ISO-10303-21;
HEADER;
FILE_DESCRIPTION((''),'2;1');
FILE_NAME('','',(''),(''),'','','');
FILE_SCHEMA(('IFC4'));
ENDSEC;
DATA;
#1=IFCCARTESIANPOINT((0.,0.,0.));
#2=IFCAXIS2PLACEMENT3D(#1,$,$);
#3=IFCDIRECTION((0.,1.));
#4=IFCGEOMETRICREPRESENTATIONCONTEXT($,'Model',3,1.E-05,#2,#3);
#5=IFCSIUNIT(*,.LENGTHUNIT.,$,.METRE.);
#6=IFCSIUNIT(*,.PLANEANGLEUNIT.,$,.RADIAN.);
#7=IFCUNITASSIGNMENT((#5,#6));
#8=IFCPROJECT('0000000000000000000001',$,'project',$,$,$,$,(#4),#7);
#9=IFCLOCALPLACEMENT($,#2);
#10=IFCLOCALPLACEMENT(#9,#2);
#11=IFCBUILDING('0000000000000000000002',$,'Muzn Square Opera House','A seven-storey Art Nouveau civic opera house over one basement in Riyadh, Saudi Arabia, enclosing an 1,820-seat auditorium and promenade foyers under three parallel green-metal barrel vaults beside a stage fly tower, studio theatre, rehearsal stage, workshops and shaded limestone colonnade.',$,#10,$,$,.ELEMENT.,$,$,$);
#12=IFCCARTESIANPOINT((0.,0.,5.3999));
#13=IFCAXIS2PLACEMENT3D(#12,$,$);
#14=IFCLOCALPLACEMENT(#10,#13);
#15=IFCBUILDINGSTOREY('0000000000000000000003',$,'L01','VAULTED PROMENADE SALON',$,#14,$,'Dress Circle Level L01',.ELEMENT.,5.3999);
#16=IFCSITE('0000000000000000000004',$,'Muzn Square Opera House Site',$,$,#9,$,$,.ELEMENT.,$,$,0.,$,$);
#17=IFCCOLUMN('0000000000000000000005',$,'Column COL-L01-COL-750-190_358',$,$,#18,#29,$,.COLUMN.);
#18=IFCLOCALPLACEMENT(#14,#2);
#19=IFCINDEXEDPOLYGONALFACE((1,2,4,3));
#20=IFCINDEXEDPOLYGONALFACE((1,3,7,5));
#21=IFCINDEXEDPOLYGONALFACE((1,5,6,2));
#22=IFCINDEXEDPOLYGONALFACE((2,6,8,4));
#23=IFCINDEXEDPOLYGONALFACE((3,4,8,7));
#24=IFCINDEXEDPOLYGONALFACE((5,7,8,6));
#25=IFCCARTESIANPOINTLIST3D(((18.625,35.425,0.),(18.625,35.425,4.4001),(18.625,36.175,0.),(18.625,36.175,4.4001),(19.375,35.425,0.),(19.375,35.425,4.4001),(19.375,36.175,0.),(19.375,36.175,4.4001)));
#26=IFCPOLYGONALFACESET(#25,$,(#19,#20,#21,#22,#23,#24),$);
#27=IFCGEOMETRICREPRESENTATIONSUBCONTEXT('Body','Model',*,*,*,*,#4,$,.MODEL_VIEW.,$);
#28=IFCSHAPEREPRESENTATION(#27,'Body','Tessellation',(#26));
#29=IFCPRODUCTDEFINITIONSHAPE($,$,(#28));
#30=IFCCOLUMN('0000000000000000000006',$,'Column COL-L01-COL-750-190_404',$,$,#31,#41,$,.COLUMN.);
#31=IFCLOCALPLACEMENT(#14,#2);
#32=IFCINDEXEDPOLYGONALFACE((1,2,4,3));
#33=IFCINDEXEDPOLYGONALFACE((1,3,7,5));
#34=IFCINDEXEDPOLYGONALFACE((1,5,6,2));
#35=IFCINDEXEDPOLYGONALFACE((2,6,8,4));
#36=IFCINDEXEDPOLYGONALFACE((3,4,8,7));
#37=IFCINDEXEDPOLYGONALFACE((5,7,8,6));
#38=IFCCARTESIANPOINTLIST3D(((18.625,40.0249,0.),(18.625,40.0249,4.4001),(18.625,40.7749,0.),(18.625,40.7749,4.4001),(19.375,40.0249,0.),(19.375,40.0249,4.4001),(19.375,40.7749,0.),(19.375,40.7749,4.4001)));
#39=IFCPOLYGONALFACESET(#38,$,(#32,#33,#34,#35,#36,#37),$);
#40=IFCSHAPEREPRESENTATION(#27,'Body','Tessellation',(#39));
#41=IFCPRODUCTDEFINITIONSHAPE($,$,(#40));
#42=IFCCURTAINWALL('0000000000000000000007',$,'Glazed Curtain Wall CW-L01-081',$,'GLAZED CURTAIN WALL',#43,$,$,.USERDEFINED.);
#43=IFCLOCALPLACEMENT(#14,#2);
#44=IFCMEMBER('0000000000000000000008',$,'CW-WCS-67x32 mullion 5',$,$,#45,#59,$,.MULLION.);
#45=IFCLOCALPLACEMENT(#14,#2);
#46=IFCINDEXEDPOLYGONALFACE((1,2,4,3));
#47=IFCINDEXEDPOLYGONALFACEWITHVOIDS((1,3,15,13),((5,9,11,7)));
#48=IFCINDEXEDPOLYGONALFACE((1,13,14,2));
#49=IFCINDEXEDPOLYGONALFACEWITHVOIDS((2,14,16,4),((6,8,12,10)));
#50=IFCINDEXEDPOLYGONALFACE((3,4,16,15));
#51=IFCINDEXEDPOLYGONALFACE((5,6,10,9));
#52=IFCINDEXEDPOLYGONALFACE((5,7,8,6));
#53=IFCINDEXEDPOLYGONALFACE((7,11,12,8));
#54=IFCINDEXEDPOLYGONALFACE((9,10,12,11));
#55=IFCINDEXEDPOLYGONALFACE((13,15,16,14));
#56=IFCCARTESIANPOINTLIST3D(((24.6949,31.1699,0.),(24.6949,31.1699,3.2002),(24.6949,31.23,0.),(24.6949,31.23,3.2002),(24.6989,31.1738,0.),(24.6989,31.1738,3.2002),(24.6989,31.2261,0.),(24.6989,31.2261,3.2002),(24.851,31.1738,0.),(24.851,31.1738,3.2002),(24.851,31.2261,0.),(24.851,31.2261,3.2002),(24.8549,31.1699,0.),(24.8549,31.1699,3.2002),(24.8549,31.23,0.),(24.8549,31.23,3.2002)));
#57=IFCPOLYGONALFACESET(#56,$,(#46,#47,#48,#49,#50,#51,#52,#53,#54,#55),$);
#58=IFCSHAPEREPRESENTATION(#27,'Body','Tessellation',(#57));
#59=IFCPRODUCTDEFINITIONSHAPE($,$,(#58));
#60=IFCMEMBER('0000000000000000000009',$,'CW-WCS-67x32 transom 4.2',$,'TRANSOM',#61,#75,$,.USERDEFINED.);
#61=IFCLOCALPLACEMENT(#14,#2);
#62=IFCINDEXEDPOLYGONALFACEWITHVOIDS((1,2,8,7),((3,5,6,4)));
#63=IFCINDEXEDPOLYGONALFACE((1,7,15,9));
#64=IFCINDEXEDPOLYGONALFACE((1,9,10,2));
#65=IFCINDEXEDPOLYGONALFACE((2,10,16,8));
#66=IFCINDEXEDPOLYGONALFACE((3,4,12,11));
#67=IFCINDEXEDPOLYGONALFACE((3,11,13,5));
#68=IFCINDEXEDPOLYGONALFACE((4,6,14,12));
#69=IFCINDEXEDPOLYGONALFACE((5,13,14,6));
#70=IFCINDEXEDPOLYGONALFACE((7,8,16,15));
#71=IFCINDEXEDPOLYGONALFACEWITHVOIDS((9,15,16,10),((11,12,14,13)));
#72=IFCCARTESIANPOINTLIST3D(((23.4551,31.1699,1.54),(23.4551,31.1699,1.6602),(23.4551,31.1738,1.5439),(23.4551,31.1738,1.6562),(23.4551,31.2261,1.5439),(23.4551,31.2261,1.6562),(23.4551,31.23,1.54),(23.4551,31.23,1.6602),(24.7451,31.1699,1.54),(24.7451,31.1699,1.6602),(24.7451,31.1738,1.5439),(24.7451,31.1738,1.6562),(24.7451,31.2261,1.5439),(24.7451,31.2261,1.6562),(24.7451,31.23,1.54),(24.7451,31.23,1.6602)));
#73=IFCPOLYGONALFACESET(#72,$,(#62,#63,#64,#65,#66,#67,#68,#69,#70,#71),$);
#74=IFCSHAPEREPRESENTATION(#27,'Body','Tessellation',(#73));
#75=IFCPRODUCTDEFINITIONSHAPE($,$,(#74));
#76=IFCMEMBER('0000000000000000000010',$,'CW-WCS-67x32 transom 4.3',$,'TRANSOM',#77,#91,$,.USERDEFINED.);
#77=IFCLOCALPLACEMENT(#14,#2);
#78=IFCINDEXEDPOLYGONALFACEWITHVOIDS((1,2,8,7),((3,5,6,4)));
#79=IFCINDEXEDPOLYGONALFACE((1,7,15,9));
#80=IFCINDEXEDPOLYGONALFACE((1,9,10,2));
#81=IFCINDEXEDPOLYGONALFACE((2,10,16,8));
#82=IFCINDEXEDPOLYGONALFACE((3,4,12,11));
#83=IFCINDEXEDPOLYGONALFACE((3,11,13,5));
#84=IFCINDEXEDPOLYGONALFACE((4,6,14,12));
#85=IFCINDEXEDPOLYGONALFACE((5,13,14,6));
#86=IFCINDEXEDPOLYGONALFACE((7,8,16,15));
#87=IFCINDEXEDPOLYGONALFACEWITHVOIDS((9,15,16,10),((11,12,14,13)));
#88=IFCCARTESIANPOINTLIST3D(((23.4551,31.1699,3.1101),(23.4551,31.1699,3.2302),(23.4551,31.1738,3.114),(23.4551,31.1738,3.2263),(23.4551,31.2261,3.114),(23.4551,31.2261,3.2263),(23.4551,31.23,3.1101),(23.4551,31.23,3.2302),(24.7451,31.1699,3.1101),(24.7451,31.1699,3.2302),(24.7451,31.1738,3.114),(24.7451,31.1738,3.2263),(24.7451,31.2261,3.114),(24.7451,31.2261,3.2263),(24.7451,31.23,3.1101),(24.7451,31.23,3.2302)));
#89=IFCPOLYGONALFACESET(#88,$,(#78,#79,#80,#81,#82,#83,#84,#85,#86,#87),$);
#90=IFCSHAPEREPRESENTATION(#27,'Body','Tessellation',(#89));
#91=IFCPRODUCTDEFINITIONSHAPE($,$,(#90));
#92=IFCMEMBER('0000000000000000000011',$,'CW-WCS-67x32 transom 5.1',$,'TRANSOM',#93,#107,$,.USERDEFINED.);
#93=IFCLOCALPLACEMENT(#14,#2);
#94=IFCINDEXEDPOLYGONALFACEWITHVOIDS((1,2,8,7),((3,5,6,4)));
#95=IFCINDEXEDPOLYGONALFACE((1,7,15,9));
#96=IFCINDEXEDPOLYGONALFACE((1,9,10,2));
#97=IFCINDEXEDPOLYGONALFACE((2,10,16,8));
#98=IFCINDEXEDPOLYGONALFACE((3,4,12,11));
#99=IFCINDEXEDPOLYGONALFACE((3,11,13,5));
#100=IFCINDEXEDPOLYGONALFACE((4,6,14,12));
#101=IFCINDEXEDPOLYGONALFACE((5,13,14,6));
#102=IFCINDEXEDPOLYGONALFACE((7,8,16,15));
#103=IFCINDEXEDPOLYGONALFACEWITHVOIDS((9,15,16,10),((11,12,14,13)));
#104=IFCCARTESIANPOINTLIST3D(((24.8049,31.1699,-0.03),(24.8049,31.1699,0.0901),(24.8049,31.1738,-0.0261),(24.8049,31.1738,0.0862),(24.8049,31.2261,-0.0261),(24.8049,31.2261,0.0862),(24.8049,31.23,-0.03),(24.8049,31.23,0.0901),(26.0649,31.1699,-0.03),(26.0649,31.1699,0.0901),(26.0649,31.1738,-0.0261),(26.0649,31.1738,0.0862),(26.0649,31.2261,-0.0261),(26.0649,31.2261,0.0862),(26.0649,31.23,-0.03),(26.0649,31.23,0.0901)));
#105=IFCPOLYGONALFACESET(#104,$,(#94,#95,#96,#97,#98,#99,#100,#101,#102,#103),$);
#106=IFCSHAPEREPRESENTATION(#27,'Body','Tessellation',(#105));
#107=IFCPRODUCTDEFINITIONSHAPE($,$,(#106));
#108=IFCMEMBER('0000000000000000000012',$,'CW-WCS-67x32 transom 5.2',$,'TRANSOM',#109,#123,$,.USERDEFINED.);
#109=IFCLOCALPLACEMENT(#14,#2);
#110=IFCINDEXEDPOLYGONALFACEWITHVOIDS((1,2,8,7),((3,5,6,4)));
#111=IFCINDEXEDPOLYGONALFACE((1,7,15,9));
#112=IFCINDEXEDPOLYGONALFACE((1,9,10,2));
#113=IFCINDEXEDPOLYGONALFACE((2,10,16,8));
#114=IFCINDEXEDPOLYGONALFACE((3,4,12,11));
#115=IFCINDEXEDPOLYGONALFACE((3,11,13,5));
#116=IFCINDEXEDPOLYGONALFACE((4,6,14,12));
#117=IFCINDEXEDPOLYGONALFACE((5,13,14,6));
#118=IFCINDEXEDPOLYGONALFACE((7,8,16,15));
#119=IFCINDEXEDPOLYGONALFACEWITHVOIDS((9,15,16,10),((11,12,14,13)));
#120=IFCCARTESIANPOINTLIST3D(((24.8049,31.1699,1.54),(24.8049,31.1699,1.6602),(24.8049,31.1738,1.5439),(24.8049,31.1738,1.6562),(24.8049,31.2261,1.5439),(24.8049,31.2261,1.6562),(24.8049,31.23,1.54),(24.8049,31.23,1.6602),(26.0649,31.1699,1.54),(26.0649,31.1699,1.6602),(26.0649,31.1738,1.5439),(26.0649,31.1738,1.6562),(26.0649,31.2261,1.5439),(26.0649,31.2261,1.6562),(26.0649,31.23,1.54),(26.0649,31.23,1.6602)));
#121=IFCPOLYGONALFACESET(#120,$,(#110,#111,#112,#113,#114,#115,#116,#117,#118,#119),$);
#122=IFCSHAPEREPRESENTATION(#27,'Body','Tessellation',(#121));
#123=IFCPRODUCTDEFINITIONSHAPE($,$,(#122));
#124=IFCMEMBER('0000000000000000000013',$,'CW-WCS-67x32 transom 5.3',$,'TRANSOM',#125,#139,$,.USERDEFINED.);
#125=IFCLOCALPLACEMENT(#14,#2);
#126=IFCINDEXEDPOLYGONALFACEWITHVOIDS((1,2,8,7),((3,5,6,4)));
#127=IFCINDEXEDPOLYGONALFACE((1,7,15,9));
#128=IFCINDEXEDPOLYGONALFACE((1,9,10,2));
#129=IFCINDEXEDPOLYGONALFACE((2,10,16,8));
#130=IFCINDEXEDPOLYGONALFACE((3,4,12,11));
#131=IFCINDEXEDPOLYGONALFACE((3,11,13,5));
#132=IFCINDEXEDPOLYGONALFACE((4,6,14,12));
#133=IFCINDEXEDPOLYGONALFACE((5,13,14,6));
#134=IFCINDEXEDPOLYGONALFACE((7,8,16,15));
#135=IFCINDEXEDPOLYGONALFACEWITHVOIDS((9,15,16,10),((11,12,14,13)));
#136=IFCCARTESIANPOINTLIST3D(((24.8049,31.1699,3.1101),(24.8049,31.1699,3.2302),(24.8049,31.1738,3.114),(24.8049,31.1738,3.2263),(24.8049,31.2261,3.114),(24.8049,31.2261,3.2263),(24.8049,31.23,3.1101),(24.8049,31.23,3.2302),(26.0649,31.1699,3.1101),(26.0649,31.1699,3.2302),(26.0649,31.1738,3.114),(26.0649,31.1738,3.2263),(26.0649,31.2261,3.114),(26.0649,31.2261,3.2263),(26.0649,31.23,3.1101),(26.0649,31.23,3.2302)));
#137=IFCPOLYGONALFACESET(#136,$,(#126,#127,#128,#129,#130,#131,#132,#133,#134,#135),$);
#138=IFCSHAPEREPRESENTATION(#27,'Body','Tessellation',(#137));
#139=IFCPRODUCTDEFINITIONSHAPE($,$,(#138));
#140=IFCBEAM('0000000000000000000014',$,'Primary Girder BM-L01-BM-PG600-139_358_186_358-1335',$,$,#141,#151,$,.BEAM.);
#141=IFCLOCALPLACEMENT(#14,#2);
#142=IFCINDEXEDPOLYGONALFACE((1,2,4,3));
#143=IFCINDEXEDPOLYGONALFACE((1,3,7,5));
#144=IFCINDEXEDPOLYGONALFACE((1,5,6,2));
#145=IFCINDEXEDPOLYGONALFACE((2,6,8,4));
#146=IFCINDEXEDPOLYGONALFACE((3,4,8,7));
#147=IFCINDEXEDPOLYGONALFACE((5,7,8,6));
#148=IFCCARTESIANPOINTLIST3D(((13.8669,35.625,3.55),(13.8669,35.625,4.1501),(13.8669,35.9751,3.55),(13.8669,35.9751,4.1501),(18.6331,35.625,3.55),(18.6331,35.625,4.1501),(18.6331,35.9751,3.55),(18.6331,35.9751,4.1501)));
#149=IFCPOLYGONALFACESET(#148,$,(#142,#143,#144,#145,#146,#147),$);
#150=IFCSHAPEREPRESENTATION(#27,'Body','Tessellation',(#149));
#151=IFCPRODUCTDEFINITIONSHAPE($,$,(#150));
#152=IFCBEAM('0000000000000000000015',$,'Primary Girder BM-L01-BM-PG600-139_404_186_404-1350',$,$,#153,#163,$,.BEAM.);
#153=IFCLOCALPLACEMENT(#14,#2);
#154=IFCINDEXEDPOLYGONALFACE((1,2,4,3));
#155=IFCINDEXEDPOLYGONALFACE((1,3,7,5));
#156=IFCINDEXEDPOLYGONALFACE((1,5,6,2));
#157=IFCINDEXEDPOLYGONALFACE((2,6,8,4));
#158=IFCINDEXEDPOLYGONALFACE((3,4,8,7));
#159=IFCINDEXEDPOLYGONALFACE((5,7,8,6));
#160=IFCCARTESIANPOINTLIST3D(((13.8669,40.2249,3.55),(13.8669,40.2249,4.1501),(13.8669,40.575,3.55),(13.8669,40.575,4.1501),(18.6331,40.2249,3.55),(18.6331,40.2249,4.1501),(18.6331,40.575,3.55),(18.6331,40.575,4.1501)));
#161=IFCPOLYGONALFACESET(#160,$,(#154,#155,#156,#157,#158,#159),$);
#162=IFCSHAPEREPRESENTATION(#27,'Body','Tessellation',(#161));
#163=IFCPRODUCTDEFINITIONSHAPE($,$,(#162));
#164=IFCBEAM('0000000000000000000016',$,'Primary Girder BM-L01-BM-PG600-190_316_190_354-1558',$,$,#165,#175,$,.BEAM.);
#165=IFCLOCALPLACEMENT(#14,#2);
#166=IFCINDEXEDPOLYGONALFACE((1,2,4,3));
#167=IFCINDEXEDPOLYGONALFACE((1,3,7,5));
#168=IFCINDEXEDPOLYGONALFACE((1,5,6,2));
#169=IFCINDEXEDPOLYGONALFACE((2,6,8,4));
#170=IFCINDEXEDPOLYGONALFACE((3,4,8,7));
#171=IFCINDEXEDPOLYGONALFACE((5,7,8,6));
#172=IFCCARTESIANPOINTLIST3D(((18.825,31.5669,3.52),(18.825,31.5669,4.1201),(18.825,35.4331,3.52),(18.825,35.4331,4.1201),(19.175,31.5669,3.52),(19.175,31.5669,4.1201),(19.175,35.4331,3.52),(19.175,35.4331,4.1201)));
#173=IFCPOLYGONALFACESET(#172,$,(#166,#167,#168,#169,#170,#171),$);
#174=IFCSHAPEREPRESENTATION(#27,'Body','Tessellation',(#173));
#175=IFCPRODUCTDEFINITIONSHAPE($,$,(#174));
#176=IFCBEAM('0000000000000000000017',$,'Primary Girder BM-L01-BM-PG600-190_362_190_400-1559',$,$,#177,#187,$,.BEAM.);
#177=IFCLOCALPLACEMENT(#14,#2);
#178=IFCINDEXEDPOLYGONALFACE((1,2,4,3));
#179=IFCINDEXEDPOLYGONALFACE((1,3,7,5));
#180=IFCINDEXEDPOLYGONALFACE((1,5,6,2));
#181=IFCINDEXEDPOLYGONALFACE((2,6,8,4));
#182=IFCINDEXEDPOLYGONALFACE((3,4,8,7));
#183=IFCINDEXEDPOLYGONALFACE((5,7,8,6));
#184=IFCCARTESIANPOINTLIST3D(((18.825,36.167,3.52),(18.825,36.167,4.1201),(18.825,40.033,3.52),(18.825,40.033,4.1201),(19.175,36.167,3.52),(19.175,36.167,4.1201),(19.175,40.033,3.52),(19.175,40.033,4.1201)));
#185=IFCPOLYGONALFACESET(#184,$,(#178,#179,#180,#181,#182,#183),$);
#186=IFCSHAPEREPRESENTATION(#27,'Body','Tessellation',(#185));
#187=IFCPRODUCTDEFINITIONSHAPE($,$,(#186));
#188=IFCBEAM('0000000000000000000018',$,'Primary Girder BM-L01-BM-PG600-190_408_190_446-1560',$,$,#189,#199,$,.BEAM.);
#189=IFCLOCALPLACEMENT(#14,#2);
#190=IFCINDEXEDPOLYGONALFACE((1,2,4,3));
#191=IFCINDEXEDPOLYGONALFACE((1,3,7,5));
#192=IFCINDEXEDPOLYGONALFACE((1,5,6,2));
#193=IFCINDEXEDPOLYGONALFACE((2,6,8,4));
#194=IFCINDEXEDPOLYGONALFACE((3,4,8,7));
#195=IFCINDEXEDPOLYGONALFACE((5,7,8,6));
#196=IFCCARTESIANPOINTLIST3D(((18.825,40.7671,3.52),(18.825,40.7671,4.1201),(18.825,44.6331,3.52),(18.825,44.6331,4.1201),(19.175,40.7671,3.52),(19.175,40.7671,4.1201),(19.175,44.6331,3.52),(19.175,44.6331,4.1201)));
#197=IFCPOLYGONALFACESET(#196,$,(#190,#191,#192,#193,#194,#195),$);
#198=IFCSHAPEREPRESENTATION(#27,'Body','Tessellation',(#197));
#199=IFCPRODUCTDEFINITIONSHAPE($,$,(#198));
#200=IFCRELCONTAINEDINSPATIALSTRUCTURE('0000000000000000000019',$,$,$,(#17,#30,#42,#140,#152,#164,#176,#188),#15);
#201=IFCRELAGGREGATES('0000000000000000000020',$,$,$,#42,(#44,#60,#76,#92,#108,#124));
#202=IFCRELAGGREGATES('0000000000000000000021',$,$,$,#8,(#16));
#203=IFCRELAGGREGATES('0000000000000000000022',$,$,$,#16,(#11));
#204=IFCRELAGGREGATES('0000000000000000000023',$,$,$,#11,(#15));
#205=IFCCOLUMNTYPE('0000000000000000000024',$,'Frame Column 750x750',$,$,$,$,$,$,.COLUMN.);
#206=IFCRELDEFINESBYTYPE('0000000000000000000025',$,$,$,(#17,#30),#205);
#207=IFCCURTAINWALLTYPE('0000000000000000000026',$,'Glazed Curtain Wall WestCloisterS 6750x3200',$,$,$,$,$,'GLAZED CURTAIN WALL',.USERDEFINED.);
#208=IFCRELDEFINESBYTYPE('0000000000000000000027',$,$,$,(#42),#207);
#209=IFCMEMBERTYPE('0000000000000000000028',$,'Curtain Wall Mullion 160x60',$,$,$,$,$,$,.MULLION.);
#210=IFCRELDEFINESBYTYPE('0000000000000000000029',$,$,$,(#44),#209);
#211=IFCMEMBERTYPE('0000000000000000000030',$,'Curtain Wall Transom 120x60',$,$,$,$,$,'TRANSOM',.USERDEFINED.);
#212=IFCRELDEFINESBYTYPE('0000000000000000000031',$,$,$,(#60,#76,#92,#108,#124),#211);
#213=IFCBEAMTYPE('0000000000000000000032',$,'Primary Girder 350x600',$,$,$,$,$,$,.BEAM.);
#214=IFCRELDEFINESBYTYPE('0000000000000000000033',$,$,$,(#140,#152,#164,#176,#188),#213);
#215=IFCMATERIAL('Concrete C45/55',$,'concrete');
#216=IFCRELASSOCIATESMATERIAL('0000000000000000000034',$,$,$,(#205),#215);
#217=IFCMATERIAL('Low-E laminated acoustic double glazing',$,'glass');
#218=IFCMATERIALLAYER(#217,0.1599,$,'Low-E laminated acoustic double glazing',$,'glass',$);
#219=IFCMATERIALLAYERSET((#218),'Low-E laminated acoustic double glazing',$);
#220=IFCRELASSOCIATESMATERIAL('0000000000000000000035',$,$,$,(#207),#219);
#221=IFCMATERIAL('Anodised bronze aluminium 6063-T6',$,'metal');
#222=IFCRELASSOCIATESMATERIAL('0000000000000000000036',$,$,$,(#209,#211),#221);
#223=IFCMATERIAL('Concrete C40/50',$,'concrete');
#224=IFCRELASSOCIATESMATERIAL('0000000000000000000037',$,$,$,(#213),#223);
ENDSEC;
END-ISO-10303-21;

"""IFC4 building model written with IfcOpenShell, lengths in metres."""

from ifc_helpers import new_model, si_unit, direction, frame, origin, origin_2d, place, context, subcontext, project, spatial, rectangle, hollow_rectangle, extrude, material, layer, layer_set, material_profile, profile_set, type_object, element, aggregate, save


model = new_model("IFC4")

# Units and contexts
model_context = context("Model", 3, precision=1e-05, world=origin(), true_north=direction((0.0, 1.0)))
body_context = subcontext(model_context, "Body", "Model", "MODEL_VIEW")
ifc_project = project(units=[si_unit("LENGTHUNIT", "METRE"), si_unit("PLANEANGLEUNIT", "RADIAN")], contexts=[model_context])

# Site, building, storey
site_placement = place(None, origin())
site = spatial("IfcSite", under=ifc_project, at=site_placement, Name="Muzn Square Opera House Site", CompositionType="ELEMENT", RefElevation=0.0)
building_placement = place(site_placement, origin())
building = spatial("IfcBuilding", under=site, at=building_placement, Name="Muzn Square Opera House", Description="A seven-storey Art Nouveau civic opera house over one basement in Riyadh, Saudi Arabia, enclosing an 1,820-seat auditorium and promenade foyers under three parallel green-metal barrel vaults beside a stage fly tower, studio theatre, rehearsal stage, workshops and shaded limestone colonnade.", CompositionType="ELEMENT")
storey_placement = place(building_placement, frame((0.0, 0.0, 5.3999)))
storey = spatial("IfcBuildingStorey", under=building, at=storey_placement, Name="L01", Description="VAULTED PROMENADE SALON", LongName="Dress Circle Level L01", CompositionType="ELEMENT", Elevation=5.3999)

# Columns
ifc_material_1 = material(Name="Concrete C45/55", Category="concrete")
ifc_material_profile_1 = material_profile(ifc_material_1, rectangle(XDim=0.75, YDim=0.75, at=origin_2d()), Name="RC 750x750", Category="concrete")
ifc_profile_set_1 = profile_set([ifc_material_profile_1], Name="Concrete C45/55")
column_type = type_object("IfcColumnType", Name="Frame Column 750x750", PredefinedType="COLUMN", material=ifc_profile_set_1)
for number, where, z_axis, x_axis, name in (
    (1, (19.0, 35.8, 0.0), (0.0, 0.0, 1.0), (1.0, 0.0, 0.0), "Column COL-L01-COL-750-190_358"),
    (2, (19.0, 40.3999, 0.0), (0.0, 0.0, 1.0), (1.0, 0.0, 0.0), "Column COL-L01-COL-750-190_404"),
):
    element("IfcColumn", number, at=place(storey_placement, frame(where, z_axis=z_axis, x_axis=x_axis)), inside=storey, type_object=column_type, Name=name, PredefinedType="COLUMN", context=body_context, shape_type="SweptSolid", body=[
        extrude(rectangle(XDim=0.75, YDim=0.75, at=origin_2d()), origin(), (0.0, 0.0, 1.0), 4.4001),
    ])

# Curtain wall, members
ifc_material_2 = material(Name="Low-E laminated acoustic double glazing", Category="glass")
ifc_layer_1 = layer(ifc_material_2, 0.1599, Name="Low-E laminated acoustic double glazing", Category="glass")
ifc_layer_set_1 = layer_set([ifc_layer_1], Name="Low-E laminated acoustic double glazing")
curtain_wall_type = type_object("IfcCurtainWallType", Name="Glazed Curtain Wall WestCloisterS 6750x3200", ElementType="GLAZED CURTAIN WALL", PredefinedType="USERDEFINED", material=ifc_layer_set_1)
curtain_wall_placement = place(storey_placement, origin())
curtain_wall = element("IfcCurtainWall", 3, at=curtain_wall_placement, inside=storey, type_object=curtain_wall_type, Name="Glazed Curtain Wall CW-L01-081", ObjectType="GLAZED CURTAIN WALL", PredefinedType="USERDEFINED")
ifc_material_3 = material(Name="Anodised bronze aluminium 6063-T6", Category="metal")
ifc_material_profile_2 = material_profile(ifc_material_3, hollow_rectangle(XDim=0.0601, YDim=0.1599, WallThickness=0.0039, at=origin_2d()), Name="ALU 160x60x4", Category="metal")
ifc_profile_set_2 = profile_set([ifc_material_profile_2], Name="Anodised bronze aluminium 6063-T6")
member_type_1 = type_object("IfcMemberType", Name="Curtain Wall Mullion 160x60", PredefinedType="MULLION", material=ifc_profile_set_2)
member_1_placement = place(storey_placement, frame((24.7749, 31.2, 0.0), z_axis=(0.0, 0.0, 1.0), x_axis=(0.0, 1.0, 0.0)))
member_1 = element("IfcMember", 4, at=member_1_placement, type_object=member_type_1, Name="CW-WCS-67x32 mullion 5", PredefinedType="MULLION", context=body_context, shape_type="SweptSolid", body=[
    extrude(hollow_rectangle(XDim=0.0601, YDim=0.1599, WallThickness=0.0039, at=origin_2d()), origin(), (0.0, 0.0, 1.0), 3.2002),
])
ifc_material_profile_3 = material_profile(ifc_material_3, hollow_rectangle(XDim=0.0601, YDim=0.1201, WallThickness=0.0039, at=origin_2d()), Name="ALU 120x60x4", Category="metal")
ifc_profile_set_3 = profile_set([ifc_material_profile_3], Name="Anodised bronze aluminium 6063-T6")
member_type_2 = type_object("IfcMemberType", Name="Curtain Wall Transom 120x60", ElementType="TRANSOM", PredefinedType="USERDEFINED", material=ifc_profile_set_3)
member_2_placement = place(storey_placement, frame((23.4551, 31.2, 1.6001), z_axis=(1.0, 0.0, 0.0), x_axis=(0.0, 1.0, 0.0)))
member_2 = element("IfcMember", 5, at=member_2_placement, type_object=member_type_2, Name="CW-WCS-67x32 transom 4.2", ObjectType="TRANSOM", PredefinedType="USERDEFINED", context=body_context, shape_type="SweptSolid", body=[
    extrude(hollow_rectangle(XDim=0.0601, YDim=0.1201, WallThickness=0.0039, at=origin_2d()), origin(), (0.0, 0.0, 1.0), 1.29),
])
member_3_placement = place(storey_placement, frame((23.4551, 31.2, 3.1702), z_axis=(1.0, 0.0, 0.0), x_axis=(0.0, 1.0, 0.0)))
member_3 = element("IfcMember", 6, at=member_3_placement, type_object=member_type_2, Name="CW-WCS-67x32 transom 4.3", ObjectType="TRANSOM", PredefinedType="USERDEFINED", context=body_context, shape_type="SweptSolid", body=[
    extrude(hollow_rectangle(XDim=0.0601, YDim=0.1201, WallThickness=0.0039, at=origin_2d()), origin(), (0.0, 0.0, 1.0), 1.29),
])
member_4_placement = place(storey_placement, frame((24.8049, 31.2, 0.03), z_axis=(1.0, 0.0, 0.0), x_axis=(0.0, 1.0, 0.0)))
member_4 = element("IfcMember", 7, at=member_4_placement, type_object=member_type_2, Name="CW-WCS-67x32 transom 5.1", ObjectType="TRANSOM", PredefinedType="USERDEFINED", context=body_context, shape_type="SweptSolid", body=[
    extrude(hollow_rectangle(XDim=0.0601, YDim=0.1201, WallThickness=0.0039, at=origin_2d()), origin(), (0.0, 0.0, 1.0), 1.26),
])
member_5_placement = place(storey_placement, frame((24.8049, 31.2, 1.6001), z_axis=(1.0, 0.0, 0.0), x_axis=(0.0, 1.0, 0.0)))
member_5 = element("IfcMember", 8, at=member_5_placement, type_object=member_type_2, Name="CW-WCS-67x32 transom 5.2", ObjectType="TRANSOM", PredefinedType="USERDEFINED", context=body_context, shape_type="SweptSolid", body=[
    extrude(hollow_rectangle(XDim=0.0601, YDim=0.1201, WallThickness=0.0039, at=origin_2d()), origin(), (0.0, 0.0, 1.0), 1.26),
])
member_6_placement = place(storey_placement, frame((24.8049, 31.2, 3.1702), z_axis=(1.0, 0.0, 0.0), x_axis=(0.0, 1.0, 0.0)))
member_6 = element("IfcMember", 9, at=member_6_placement, type_object=member_type_2, Name="CW-WCS-67x32 transom 5.3", ObjectType="TRANSOM", PredefinedType="USERDEFINED", context=body_context, shape_type="SweptSolid", body=[
    extrude(hollow_rectangle(XDim=0.0601, YDim=0.1201, WallThickness=0.0039, at=origin_2d()), origin(), (0.0, 0.0, 1.0), 1.26),
])

# Beams
ifc_material_4 = material(Name="Concrete C40/50", Category="concrete")
ifc_material_profile_4 = material_profile(ifc_material_4, rectangle(XDim=0.3501, YDim=0.6001, at=origin_2d()), Name="RCB 350x600", Category="concrete")
ifc_profile_set_4 = profile_set([ifc_material_profile_4], Name="Concrete C40/50")
beam_type = type_object("IfcBeamType", Name="Primary Girder 350x600", PredefinedType="BEAM", material=ifc_profile_set_4)
for number, where, z_axis, x_axis, name in (
    (10, (13.8669, 35.8, 3.8501), (1.0, 0.0, 0.0), (0.0, 1.0, 0.0), "Primary Girder BM-L01-BM-PG600-139_358_186_358-1335"),
    (11, (13.8669, 40.3999, 3.8501), (1.0, 0.0, 0.0), (0.0, 1.0, 0.0), "Primary Girder BM-L01-BM-PG600-139_404_186_404-1350"),
):
    element("IfcBeam", number, at=place(storey_placement, frame(where, z_axis=z_axis, x_axis=x_axis)), inside=storey, type_object=beam_type, Name=name, PredefinedType="BEAM", context=body_context, shape_type="SweptSolid", body=[
        extrude(rectangle(XDim=0.3501, YDim=0.6001, at=origin_2d()), origin(), (0.0, 0.0, 1.0), 4.7661),
    ])
beam_placement = place(storey_placement, frame((19.0, 31.5669, 3.8201), z_axis=(0.0, 1.0, 0.0), x_axis=(-1.0, 0.0, 0.0)))
element("IfcBeam", 12, at=beam_placement, inside=storey, type_object=beam_type, Name="Primary Girder BM-L01-BM-PG600-190_316_190_354-1558", PredefinedType="BEAM", context=body_context, shape_type="SweptSolid", body=[
    extrude(rectangle(XDim=0.3501, YDim=0.6001, at=origin_2d()), origin(), (0.0, 0.0, 1.0), 3.8662),
])
for number, where, z_axis, x_axis, name in (
    (13, (19.0, 36.167, 3.8201), (0.0, 1.0, 0.0), (-1.0, 0.0, 0.0), "Primary Girder BM-L01-BM-PG600-190_362_190_400-1559"),
    (14, (19.0, 40.7671, 3.8201), (0.0, 1.0, 0.0), (-1.0, 0.0, 0.0), "Primary Girder BM-L01-BM-PG600-190_408_190_446-1560"),
):
    element("IfcBeam", number, at=place(storey_placement, frame(where, z_axis=z_axis, x_axis=x_axis)), inside=storey, type_object=beam_type, Name=name, PredefinedType="BEAM", context=body_context, shape_type="SweptSolid", body=[
        extrude(rectangle(XDim=0.3501, YDim=0.6001, at=origin_2d()), origin(), (0.0, 0.0, 1.0), 3.866),
    ])

aggregate(curtain_wall, [member_1, member_2, member_3, member_4, member_5, member_6])

save(model, "model.ifc")
